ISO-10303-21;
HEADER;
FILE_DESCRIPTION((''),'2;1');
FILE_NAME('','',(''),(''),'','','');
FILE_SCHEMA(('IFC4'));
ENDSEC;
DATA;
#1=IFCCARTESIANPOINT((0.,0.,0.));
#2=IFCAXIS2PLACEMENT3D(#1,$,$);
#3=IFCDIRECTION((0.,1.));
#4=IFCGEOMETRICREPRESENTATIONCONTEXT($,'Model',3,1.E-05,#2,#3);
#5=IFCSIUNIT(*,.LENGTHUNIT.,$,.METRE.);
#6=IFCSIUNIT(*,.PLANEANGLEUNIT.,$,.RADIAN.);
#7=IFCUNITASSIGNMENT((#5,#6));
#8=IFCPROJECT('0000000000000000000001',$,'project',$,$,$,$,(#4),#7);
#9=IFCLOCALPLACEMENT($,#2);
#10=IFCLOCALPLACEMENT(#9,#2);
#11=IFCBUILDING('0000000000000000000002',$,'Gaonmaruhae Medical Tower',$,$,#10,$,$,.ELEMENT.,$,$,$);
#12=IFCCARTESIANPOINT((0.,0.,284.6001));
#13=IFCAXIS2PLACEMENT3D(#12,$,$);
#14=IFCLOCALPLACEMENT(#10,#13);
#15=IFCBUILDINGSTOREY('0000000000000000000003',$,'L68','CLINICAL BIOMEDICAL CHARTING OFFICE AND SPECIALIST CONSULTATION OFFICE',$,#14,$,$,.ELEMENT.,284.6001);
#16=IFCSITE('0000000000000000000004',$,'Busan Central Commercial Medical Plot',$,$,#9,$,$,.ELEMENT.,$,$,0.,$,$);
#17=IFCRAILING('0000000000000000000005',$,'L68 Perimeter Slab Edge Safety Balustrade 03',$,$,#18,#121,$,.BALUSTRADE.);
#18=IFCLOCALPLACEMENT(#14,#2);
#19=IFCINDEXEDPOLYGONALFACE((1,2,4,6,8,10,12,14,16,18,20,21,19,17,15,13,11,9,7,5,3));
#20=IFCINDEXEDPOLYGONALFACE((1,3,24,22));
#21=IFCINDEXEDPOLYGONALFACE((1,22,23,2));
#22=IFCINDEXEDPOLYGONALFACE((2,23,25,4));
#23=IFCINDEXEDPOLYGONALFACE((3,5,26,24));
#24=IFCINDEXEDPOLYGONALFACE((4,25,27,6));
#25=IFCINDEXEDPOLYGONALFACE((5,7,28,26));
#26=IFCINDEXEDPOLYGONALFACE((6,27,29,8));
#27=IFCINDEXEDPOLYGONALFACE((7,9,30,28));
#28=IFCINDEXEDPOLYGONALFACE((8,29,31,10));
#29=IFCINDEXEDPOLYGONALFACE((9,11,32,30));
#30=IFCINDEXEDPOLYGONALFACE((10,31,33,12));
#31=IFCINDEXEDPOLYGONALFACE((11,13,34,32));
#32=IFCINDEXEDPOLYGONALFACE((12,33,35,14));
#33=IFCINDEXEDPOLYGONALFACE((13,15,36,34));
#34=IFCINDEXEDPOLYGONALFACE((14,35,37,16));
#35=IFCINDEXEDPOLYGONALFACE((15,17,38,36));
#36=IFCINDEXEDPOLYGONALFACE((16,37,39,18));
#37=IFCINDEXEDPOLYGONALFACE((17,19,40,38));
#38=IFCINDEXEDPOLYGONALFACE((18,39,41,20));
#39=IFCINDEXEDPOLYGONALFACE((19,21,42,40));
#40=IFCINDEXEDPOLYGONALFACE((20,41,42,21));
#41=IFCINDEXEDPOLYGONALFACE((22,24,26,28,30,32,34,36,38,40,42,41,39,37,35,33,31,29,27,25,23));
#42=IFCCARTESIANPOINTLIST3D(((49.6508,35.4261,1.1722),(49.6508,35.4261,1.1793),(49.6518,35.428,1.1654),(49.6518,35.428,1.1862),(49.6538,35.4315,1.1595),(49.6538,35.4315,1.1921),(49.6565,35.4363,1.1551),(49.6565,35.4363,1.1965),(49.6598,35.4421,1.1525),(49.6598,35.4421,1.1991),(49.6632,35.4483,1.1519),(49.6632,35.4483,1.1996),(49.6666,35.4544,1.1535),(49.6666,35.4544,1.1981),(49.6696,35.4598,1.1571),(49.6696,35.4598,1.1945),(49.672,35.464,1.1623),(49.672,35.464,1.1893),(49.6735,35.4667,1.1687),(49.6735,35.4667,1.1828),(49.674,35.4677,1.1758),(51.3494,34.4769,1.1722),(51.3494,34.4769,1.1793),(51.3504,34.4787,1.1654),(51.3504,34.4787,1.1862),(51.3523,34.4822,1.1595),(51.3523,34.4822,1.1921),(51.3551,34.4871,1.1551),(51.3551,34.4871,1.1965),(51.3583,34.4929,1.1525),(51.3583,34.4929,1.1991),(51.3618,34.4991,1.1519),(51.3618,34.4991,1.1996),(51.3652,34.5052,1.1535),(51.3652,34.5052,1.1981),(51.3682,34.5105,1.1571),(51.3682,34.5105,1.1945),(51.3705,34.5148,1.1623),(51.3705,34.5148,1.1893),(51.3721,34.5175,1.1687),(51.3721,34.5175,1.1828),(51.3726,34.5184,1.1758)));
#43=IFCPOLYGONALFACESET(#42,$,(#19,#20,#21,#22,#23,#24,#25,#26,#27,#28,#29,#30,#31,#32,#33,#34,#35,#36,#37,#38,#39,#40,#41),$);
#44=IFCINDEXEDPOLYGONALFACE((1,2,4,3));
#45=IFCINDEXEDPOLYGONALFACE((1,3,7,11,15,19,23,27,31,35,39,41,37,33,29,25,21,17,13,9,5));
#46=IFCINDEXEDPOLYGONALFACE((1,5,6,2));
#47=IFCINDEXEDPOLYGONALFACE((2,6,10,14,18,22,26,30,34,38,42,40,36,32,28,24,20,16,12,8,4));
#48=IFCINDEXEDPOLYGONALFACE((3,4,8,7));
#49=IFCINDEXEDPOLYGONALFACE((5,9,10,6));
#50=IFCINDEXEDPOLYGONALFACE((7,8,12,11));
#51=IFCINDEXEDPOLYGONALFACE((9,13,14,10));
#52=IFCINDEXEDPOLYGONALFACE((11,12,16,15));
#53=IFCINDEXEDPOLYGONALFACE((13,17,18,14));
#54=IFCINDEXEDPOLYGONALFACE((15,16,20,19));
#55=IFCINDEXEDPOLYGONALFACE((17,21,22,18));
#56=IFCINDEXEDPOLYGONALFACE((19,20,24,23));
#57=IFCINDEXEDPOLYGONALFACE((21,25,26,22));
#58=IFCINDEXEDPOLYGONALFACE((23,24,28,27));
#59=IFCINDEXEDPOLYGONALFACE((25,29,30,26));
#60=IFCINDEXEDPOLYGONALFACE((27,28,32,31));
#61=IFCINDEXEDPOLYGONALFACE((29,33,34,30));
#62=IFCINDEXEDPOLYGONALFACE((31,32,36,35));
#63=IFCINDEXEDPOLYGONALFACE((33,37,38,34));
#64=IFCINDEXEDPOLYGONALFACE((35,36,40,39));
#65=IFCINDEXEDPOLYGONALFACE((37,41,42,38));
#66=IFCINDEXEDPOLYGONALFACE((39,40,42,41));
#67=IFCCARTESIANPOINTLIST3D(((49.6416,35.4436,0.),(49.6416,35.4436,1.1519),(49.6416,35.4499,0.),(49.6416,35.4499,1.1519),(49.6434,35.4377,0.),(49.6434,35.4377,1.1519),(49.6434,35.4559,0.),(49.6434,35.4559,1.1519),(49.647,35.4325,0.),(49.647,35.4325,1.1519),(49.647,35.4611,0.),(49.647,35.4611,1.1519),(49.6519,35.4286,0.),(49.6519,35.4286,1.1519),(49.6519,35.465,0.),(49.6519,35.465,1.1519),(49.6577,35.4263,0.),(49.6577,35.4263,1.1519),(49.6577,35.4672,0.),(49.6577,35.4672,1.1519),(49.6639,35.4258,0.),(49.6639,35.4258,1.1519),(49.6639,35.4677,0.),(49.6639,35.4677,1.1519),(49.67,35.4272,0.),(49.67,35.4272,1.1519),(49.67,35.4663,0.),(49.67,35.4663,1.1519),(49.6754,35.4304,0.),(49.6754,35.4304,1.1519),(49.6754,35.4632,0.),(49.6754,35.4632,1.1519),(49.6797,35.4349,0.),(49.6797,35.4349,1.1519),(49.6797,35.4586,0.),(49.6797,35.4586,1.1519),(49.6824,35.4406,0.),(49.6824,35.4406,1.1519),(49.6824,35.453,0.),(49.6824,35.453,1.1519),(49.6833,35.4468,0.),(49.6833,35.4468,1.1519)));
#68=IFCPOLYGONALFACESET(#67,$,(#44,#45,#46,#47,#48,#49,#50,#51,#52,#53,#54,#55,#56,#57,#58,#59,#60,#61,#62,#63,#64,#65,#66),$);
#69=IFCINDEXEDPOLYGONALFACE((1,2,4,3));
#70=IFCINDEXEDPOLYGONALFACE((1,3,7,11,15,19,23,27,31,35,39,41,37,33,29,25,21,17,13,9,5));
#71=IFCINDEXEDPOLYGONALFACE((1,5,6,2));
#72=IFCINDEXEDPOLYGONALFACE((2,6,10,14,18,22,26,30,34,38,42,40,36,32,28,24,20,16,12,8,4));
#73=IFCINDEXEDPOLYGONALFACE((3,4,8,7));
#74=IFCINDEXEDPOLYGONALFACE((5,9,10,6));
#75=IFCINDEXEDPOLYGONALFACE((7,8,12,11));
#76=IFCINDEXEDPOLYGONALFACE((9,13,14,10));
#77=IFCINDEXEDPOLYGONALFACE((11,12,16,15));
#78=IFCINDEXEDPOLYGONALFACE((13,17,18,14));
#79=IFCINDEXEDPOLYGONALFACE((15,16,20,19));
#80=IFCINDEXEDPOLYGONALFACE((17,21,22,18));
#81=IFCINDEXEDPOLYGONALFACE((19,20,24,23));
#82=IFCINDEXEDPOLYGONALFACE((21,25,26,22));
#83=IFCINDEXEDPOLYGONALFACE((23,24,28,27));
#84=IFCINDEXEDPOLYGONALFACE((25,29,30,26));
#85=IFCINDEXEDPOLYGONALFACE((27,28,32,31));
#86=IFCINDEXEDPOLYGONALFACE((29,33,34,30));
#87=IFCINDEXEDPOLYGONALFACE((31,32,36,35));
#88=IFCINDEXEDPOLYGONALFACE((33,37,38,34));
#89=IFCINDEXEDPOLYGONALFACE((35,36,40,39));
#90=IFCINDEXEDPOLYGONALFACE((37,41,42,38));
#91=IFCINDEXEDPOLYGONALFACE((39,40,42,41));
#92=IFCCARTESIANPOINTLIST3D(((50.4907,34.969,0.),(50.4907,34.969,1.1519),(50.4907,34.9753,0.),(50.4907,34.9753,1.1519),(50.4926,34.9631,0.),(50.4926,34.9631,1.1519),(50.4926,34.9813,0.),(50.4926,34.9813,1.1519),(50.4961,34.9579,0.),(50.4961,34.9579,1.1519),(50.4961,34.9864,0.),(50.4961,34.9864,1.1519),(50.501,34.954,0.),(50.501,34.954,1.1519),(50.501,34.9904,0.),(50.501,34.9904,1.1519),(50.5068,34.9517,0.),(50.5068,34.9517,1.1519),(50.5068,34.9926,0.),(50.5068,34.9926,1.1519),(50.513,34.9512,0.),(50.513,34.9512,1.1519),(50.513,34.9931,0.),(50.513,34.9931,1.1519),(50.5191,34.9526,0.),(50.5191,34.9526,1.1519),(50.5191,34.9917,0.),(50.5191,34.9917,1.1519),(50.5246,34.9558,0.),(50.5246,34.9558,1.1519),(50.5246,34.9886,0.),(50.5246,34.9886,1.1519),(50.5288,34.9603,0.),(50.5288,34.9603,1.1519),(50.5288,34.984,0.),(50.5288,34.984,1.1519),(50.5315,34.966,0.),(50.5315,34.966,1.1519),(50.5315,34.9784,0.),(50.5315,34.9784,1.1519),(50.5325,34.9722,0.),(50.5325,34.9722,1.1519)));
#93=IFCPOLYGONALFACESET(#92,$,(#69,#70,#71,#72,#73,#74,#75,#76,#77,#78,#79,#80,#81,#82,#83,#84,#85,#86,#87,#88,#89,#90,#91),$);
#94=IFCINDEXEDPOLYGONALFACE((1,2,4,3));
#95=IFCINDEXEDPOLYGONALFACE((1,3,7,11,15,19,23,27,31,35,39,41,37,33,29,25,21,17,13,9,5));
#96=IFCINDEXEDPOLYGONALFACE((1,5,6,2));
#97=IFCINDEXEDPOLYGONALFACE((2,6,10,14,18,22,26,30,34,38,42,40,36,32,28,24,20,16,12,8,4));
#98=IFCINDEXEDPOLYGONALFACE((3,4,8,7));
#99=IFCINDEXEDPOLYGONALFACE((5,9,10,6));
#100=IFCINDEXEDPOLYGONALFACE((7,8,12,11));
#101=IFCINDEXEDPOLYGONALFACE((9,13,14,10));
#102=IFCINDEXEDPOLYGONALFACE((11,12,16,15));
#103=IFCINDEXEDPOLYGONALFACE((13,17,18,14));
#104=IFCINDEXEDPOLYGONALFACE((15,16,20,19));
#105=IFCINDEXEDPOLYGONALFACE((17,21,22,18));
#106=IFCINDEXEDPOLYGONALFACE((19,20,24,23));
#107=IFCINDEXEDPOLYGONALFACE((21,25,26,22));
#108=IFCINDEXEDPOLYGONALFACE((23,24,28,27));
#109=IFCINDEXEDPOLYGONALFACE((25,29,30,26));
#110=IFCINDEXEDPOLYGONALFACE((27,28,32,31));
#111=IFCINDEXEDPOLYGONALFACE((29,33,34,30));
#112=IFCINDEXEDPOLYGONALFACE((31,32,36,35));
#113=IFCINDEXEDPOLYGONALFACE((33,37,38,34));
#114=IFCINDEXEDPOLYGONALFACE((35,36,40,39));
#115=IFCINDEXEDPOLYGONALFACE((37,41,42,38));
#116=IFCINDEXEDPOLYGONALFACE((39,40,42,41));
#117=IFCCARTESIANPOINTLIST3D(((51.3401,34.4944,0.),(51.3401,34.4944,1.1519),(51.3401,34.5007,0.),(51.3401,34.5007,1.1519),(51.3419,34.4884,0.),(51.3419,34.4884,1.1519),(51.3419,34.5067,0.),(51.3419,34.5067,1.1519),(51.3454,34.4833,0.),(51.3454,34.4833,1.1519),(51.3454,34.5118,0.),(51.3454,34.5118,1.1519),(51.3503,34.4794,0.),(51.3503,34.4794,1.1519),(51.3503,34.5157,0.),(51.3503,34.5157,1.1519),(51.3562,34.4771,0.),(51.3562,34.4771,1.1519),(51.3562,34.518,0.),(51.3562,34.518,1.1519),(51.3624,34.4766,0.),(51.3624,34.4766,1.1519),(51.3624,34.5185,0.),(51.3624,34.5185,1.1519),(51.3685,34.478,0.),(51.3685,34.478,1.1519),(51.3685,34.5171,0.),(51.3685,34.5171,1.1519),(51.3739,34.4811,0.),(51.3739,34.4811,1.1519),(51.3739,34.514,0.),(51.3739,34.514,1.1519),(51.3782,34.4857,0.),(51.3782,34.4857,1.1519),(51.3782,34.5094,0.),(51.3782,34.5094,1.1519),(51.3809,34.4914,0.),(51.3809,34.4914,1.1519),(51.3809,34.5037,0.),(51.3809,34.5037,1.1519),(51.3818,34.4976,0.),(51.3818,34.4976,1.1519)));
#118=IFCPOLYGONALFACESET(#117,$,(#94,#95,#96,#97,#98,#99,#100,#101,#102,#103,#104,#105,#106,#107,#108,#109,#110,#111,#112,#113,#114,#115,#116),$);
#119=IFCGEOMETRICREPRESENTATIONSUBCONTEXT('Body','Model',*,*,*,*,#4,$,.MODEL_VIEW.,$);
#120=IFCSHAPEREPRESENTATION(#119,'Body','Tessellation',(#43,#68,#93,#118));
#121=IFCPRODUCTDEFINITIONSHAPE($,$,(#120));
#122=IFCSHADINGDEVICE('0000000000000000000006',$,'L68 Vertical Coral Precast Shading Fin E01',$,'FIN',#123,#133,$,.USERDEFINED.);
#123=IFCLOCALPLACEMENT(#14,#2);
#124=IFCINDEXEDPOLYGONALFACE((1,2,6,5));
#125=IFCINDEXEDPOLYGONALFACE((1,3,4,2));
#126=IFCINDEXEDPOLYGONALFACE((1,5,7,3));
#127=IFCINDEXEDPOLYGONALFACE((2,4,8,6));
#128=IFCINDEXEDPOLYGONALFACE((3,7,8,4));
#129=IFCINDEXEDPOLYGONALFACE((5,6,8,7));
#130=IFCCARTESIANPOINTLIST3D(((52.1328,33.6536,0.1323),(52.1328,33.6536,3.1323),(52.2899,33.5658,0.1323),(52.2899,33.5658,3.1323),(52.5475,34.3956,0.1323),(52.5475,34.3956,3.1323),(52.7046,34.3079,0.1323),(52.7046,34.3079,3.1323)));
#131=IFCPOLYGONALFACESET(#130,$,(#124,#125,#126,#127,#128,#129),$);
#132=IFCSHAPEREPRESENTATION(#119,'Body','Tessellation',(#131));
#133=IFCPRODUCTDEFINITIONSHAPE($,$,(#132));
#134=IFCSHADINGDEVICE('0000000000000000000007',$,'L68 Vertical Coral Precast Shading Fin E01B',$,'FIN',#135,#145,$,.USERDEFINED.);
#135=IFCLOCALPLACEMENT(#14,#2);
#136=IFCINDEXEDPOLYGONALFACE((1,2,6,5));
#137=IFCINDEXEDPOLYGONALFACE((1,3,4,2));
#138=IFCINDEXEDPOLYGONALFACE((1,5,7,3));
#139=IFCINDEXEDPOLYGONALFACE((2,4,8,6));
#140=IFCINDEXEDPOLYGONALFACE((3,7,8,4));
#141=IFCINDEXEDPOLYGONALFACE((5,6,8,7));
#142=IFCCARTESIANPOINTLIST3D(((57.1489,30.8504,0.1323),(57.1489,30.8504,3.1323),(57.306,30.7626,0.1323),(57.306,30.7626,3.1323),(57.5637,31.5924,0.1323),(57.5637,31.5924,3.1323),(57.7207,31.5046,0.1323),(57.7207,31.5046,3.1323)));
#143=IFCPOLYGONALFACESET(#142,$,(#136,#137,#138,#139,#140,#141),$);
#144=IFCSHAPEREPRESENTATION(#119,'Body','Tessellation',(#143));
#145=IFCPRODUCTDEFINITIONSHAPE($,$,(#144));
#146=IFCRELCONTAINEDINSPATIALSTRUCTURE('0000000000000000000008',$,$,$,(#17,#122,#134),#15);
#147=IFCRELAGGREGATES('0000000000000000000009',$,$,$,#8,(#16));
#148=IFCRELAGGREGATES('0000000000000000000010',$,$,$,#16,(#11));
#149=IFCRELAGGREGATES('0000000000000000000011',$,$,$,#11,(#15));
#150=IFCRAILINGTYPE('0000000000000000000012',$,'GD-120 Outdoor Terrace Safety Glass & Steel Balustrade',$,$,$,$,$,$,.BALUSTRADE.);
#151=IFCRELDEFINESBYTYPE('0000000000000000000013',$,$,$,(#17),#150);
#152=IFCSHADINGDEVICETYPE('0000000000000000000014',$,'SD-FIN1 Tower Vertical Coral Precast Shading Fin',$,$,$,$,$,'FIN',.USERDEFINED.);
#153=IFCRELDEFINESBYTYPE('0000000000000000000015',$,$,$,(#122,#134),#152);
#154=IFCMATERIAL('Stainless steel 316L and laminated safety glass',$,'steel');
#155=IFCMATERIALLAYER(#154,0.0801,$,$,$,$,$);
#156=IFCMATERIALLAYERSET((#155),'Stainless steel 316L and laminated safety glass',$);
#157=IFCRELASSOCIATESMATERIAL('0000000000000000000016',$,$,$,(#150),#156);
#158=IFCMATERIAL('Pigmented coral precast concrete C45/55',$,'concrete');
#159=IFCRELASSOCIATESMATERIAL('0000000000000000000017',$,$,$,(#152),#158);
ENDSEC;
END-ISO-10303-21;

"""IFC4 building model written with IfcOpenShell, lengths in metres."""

from ifc_helpers import new_model, si_unit, direction, frame, origin, origin_2d, place, context, subcontext, project, spatial, rectangle, circle, extrude, material, layer, layer_set, type_object, element, save


model = new_model("IFC4")

# Units and contexts
model_context = context("Model", 3, precision=1e-05, world=origin(), true_north=direction((0.0, 1.0)))
body_context = subcontext(model_context, "Body", "Model", "MODEL_VIEW")
ifc_project = project(units=[si_unit("LENGTHUNIT", "METRE"), si_unit("PLANEANGLEUNIT", "RADIAN")], contexts=[model_context])

# Site, building, storey
site_placement = place(None, origin())
site = spatial("IfcSite", under=ifc_project, at=site_placement, Name="Busan Central Commercial Medical Plot", CompositionType="ELEMENT", RefElevation=0.0)
building_placement = place(site_placement, origin())
building = spatial("IfcBuilding", under=site, at=building_placement, Name="Gaonmaruhae Medical Tower", CompositionType="ELEMENT")
storey_placement = place(building_placement, frame((0.0, 0.0, 284.6001)))
storey = spatial("IfcBuildingStorey", under=building, at=storey_placement, Name="L68", Description="CLINICAL BIOMEDICAL CHARTING OFFICE AND SPECIALIST CONSULTATION OFFICE", CompositionType="ELEMENT", Elevation=284.6001)

# Railing
ifc_material_1 = material(Name="Stainless steel 316L and laminated safety glass", Category="steel")
ifc_layer_1 = layer(ifc_material_1, 0.0801)
ifc_layer_set_1 = layer_set([ifc_layer_1], Name="Stainless steel 316L and laminated safety glass")
railing_type = type_object("IfcRailingType", Name="GD-120 Outdoor Terrace Safety Glass & Steel Balustrade", PredefinedType="BALUSTRADE", material=ifc_layer_set_1)
railing_placement = place(storey_placement, frame((49.6624, 35.4468, 0.0)))
element("IfcRailing", 1, at=railing_placement, inside=storey, type_object=railing_type, Name="L68 Perimeter Slab Edge Safety Balustrade 03", PredefinedType="BALUSTRADE", context=body_context, shape_type="SweptSolid", body=[
    extrude(circle(Radius=0.0239, at=origin_2d()), frame((0.0, 0.0, 1.1758), z_axis=(0.872929, -0.487847, 0.0), x_axis=(0.487847, 0.872929, 0.0)), (0.0, 0.0, 1.0), 1.9458),
    extrude(circle(Radius=0.021, at=origin_2d()), origin(), (0.0, 0.0, 1.0), 1.1519),
    extrude(circle(Radius=0.021, at=origin_2d()), frame((0.8491, -0.4746, 0.0)), (0.0, 0.0, 1.0), 1.1519),
    extrude(circle(Radius=0.021, at=origin_2d()), frame((1.6985, -0.9492, 0.0)), (0.0, 0.0, 1.0), 1.1519),
])

# Shading devices
ifc_material_2 = material(Name="Pigmented coral precast concrete C45/55", Category="concrete")
shading_device_type = type_object("IfcShadingDeviceType", Name="SD-FIN1 Tower Vertical Coral Precast Shading Fin", ElementType="FIN", PredefinedType="USERDEFINED", material=ifc_material_2)
for number, where, z_axis, x_axis, name in (
    (2, (52.4187, 33.9807, 0.1323), (0.0, 0.0, 1.0), (0.872914, -0.487875, 0.0), "L68 Vertical Coral Precast Shading Fin E01"),
    (3, (57.4348, 31.1775, 0.1323), (0.0, 0.0, 1.0), (0.872914, -0.487875, 0.0), "L68 Vertical Coral Precast Shading Fin E01B"),
):
    element("IfcShadingDevice", number, at=place(storey_placement, frame(where, z_axis=z_axis, x_axis=x_axis)), inside=storey, type_object=shading_device_type, Name=name, ObjectType="FIN", PredefinedType="USERDEFINED", context=body_context, shape_type="SweptSolid", body=[
        extrude(rectangle(XDim=0.1799, YDim=0.8501, at=origin_2d()), origin(), (0.0, 0.0, 1.0), 3.0),
    ])

save(model, "model.ifc")
